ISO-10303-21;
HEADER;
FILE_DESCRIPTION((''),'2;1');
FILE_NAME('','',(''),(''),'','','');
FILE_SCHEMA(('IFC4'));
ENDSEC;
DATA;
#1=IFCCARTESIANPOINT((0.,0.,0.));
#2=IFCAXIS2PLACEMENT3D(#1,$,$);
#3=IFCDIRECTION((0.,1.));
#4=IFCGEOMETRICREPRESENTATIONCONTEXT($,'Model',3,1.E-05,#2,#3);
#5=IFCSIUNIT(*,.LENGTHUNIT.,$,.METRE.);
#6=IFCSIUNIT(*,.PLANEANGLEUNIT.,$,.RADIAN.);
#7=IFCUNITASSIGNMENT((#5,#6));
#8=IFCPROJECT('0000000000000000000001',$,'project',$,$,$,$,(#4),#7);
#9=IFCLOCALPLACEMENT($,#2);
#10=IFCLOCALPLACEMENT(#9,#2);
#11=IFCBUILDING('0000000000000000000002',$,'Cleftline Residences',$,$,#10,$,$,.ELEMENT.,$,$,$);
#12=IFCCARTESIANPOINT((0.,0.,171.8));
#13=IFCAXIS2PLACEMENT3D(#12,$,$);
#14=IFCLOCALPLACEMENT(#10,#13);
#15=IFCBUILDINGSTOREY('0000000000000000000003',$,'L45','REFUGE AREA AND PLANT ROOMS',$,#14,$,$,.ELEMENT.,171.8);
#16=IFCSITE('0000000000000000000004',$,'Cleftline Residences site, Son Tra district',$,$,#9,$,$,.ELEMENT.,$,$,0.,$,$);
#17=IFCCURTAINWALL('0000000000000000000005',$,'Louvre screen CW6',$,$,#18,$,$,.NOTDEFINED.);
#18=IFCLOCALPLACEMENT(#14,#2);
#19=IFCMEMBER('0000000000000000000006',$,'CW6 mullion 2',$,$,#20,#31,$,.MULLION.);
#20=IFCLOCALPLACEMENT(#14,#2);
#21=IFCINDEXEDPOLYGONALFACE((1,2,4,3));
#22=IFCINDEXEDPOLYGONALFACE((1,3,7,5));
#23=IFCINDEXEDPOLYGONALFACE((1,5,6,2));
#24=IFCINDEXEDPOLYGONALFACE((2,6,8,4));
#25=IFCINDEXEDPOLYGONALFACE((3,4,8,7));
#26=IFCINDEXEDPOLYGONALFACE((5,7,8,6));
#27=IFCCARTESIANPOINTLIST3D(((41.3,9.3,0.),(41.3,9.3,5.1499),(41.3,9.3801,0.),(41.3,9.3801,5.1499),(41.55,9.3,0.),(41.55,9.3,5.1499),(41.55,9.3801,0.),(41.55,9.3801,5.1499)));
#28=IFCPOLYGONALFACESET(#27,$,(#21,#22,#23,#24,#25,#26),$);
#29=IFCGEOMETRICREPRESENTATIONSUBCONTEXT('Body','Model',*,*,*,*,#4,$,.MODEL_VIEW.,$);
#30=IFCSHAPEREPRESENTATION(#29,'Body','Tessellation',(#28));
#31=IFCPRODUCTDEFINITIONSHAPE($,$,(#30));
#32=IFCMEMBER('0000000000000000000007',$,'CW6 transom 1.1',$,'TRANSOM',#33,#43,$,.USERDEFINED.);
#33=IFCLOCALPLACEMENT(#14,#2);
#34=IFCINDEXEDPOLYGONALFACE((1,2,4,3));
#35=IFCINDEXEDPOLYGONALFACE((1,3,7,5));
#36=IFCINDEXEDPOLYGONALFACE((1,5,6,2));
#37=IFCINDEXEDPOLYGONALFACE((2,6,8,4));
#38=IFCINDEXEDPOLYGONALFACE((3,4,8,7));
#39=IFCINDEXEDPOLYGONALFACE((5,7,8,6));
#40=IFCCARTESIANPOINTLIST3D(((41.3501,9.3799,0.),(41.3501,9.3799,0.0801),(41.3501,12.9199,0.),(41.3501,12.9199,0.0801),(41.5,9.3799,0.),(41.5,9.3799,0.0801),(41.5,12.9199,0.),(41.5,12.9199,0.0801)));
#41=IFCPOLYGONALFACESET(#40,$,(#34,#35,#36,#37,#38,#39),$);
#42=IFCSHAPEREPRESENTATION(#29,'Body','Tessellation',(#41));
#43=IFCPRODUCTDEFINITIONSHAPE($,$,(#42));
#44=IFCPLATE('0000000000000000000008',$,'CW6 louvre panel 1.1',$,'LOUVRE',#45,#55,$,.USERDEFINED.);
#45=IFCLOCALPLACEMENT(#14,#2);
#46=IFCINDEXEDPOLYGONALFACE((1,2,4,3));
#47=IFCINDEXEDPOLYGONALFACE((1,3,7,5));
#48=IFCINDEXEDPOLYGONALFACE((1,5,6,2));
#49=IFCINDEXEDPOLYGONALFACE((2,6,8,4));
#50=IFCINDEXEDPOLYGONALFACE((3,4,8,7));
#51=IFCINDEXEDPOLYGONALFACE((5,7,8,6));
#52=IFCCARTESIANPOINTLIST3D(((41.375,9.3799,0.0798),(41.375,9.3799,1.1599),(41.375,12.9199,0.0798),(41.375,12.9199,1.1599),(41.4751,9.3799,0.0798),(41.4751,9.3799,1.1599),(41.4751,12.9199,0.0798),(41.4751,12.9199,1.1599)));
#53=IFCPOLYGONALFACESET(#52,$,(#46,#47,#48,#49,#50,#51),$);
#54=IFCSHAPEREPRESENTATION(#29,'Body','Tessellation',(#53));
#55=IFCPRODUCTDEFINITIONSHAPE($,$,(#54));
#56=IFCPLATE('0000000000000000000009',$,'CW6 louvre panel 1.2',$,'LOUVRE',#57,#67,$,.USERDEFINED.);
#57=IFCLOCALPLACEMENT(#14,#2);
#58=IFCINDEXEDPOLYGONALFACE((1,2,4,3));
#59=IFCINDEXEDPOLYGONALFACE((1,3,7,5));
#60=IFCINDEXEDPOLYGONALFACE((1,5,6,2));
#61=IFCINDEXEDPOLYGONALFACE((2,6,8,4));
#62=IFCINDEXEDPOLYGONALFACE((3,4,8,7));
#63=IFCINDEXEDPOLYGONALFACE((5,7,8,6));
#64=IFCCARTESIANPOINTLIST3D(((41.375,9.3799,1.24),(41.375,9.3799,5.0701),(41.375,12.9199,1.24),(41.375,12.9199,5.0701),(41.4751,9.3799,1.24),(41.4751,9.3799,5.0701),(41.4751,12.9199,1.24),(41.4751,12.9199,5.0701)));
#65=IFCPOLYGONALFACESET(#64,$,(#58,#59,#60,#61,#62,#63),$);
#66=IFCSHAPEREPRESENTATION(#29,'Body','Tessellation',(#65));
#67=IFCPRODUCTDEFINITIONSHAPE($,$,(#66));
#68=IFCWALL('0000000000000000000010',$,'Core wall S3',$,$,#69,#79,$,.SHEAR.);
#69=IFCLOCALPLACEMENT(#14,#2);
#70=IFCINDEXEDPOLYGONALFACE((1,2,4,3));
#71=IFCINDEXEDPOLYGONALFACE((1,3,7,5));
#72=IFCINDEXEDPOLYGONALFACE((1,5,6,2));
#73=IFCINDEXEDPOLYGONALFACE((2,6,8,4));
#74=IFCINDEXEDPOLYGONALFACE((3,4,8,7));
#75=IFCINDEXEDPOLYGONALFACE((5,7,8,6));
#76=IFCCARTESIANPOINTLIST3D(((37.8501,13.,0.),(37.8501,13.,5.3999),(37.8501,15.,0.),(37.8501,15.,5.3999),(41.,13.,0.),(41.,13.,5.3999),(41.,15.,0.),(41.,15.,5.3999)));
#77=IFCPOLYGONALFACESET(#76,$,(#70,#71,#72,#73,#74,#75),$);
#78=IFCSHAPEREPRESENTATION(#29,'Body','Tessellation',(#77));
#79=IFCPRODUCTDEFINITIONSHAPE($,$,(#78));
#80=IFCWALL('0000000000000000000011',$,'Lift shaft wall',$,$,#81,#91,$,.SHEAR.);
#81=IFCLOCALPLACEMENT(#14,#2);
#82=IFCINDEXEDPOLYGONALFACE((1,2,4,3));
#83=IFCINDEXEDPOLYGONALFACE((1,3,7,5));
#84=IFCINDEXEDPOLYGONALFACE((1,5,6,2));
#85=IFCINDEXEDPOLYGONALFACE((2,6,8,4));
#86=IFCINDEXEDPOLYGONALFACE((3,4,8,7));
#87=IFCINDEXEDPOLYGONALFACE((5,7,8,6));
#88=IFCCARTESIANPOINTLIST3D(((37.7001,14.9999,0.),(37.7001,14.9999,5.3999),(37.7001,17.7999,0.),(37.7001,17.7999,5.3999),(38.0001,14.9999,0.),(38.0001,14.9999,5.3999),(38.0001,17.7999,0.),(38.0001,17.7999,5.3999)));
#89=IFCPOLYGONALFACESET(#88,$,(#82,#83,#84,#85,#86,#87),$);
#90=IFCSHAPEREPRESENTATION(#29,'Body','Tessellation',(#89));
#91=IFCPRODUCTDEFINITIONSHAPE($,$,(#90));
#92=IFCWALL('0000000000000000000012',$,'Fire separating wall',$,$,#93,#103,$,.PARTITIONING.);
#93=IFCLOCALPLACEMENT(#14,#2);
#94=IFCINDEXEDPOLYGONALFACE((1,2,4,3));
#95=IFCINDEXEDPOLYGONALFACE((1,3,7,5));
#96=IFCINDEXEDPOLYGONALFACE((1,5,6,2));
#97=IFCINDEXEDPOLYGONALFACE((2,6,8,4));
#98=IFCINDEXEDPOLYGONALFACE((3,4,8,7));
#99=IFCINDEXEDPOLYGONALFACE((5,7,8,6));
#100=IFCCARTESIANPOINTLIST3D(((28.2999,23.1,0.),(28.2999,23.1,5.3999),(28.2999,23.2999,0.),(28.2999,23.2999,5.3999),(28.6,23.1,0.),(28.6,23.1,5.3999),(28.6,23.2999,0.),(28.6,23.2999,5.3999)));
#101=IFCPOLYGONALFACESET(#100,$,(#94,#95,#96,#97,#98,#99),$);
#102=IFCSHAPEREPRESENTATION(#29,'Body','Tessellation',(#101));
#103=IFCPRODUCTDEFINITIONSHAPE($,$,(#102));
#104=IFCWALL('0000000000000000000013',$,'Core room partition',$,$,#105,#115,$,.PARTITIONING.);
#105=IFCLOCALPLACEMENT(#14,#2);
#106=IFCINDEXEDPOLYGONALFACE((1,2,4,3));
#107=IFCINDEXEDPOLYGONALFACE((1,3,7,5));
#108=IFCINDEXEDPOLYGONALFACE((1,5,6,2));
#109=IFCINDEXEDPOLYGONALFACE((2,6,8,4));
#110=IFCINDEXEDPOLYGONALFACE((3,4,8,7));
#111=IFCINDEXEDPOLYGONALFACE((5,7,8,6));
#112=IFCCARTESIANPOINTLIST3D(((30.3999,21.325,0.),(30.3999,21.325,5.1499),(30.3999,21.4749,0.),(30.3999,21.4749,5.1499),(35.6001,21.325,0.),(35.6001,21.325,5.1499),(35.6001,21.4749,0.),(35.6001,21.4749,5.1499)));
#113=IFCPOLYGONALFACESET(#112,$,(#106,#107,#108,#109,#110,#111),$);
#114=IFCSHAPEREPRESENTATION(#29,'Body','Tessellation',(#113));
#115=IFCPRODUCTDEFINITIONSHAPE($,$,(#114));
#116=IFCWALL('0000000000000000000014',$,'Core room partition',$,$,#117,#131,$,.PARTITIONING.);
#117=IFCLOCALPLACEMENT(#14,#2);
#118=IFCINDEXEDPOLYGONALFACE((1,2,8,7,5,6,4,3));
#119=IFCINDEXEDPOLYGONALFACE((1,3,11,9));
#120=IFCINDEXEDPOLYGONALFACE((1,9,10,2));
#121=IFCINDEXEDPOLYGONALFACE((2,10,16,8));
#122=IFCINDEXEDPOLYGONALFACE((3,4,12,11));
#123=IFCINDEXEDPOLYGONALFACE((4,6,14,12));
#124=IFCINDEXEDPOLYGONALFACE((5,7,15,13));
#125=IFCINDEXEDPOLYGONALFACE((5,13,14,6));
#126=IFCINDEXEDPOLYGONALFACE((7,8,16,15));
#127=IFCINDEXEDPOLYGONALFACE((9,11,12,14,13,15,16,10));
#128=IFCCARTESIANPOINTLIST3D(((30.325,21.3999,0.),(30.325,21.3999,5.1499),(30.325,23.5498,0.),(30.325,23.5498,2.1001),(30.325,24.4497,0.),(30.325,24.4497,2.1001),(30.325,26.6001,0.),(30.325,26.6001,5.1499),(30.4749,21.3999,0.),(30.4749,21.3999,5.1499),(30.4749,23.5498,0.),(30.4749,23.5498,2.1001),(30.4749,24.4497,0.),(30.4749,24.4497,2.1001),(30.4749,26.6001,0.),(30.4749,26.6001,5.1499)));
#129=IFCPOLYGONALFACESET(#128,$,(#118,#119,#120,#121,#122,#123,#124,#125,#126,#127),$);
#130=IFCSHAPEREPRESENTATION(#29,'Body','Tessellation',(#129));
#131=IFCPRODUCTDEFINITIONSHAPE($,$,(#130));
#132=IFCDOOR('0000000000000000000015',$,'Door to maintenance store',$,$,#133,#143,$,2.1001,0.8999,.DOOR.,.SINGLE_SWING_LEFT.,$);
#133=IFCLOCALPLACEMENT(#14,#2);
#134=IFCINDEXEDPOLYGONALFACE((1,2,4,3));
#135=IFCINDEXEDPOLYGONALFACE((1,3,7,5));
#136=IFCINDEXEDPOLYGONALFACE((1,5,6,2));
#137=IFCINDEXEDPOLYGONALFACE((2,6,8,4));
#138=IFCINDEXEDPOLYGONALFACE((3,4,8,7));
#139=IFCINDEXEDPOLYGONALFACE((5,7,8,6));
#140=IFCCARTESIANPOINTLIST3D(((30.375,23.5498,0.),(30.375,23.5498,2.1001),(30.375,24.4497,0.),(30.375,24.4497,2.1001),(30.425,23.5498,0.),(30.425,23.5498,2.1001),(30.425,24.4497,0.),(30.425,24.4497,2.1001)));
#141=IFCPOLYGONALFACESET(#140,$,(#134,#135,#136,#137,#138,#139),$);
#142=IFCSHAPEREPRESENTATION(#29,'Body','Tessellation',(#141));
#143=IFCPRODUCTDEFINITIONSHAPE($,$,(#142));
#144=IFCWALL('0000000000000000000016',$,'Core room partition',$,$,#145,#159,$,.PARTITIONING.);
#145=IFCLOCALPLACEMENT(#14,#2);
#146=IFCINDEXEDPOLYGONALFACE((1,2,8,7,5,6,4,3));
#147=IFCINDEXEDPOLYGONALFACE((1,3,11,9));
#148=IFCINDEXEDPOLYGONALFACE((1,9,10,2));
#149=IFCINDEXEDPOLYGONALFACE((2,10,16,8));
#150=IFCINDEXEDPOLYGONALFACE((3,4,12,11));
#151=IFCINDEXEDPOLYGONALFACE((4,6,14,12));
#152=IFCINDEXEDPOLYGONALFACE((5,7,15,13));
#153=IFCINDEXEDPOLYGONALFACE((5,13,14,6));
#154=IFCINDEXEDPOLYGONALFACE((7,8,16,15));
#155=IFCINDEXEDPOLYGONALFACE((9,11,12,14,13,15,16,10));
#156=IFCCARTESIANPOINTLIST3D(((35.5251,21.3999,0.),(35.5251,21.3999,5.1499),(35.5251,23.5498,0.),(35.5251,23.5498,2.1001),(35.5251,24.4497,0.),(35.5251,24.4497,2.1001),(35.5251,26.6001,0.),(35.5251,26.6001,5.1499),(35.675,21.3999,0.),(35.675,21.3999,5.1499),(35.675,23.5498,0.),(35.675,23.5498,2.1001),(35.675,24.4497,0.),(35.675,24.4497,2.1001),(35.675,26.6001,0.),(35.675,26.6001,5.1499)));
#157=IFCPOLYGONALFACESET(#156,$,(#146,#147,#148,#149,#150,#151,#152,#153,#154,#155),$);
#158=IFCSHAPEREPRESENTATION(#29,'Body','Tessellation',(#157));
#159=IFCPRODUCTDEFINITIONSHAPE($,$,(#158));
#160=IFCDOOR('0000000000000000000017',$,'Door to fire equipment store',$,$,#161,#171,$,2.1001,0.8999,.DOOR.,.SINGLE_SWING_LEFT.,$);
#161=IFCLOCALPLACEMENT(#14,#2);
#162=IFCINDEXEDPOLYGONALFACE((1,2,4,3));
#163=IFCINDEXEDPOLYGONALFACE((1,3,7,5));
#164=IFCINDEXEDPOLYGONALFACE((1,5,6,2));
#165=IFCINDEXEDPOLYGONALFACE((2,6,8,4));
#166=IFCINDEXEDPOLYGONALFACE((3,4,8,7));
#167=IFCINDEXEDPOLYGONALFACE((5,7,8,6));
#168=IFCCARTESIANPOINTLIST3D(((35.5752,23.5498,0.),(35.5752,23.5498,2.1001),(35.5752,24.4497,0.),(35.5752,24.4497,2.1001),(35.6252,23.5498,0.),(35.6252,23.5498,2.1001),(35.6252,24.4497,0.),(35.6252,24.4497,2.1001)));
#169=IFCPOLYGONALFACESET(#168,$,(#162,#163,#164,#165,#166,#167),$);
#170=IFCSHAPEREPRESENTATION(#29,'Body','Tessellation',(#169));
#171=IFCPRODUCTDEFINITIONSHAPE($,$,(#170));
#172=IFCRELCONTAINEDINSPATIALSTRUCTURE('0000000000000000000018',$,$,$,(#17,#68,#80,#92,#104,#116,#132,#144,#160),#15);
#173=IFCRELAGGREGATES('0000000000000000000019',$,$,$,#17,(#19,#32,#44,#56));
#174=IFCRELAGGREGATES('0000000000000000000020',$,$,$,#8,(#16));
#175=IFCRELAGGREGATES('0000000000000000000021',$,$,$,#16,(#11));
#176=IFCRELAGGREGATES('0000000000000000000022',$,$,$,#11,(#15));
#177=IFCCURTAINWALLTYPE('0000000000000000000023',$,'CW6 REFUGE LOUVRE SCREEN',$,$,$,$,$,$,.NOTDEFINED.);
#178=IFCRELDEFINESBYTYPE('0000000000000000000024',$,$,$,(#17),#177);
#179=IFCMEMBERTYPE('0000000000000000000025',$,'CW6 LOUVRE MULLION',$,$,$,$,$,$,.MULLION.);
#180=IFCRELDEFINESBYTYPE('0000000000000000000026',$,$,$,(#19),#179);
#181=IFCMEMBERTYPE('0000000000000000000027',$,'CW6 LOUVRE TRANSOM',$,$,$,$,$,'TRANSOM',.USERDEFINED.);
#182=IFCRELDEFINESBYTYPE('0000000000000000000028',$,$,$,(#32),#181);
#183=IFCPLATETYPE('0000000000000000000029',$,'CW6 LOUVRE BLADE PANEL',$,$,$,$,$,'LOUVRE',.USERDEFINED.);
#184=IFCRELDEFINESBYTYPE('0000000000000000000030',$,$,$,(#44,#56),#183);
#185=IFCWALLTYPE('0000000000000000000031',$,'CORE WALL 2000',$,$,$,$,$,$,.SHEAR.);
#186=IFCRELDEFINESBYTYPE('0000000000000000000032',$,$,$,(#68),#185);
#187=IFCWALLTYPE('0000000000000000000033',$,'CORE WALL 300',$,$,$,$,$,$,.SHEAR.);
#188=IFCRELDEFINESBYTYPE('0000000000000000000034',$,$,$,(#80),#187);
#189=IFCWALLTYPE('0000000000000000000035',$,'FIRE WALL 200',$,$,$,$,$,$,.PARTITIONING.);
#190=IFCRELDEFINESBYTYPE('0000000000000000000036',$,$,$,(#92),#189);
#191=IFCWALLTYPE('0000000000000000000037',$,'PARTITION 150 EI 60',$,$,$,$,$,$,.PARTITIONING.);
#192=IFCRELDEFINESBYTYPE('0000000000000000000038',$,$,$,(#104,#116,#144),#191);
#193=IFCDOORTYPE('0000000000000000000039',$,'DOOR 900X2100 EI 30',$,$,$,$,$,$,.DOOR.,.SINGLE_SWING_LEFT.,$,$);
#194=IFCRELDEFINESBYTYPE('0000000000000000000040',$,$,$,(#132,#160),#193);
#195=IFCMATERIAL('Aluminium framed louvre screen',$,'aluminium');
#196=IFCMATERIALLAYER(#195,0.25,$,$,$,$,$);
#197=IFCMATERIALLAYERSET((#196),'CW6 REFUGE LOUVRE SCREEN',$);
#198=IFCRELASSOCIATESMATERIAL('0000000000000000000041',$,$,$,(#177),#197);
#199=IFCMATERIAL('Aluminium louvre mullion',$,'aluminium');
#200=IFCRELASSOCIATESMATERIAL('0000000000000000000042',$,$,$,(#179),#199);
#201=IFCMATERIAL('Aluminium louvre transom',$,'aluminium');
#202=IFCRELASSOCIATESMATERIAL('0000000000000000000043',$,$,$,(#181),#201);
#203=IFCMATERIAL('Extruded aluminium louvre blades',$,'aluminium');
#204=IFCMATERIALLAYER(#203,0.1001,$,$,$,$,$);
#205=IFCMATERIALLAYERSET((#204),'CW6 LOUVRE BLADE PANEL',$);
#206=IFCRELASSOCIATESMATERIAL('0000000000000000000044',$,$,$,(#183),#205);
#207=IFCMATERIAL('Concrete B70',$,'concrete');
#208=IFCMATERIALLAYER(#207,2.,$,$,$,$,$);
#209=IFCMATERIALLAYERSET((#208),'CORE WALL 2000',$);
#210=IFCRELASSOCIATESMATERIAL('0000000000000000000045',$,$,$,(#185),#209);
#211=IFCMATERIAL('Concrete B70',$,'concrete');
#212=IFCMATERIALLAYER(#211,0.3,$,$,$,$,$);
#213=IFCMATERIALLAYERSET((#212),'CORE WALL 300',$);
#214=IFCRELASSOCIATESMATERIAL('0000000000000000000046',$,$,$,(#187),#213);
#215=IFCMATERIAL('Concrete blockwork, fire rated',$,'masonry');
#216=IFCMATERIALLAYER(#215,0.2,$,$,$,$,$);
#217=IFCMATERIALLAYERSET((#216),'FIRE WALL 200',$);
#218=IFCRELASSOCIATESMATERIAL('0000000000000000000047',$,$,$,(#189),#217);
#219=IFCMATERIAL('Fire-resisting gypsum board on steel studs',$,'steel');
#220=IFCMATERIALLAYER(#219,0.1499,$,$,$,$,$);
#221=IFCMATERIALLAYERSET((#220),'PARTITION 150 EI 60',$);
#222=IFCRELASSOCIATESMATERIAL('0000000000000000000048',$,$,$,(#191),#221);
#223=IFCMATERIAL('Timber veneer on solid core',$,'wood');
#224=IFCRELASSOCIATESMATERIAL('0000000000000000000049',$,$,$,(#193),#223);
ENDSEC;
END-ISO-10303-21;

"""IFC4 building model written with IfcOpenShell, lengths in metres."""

from ifc_helpers import new_model, si_unit, direction, frame, frame_2d, origin, origin_2d, place, context, subcontext, project, spatial, rectangle, extrude, material, layer, layer_set, material_profile, profile_set, type_object, element, fill, aggregate, save


model = new_model("IFC4")

# Units and contexts
model_context = context("Model", 3, precision=1e-05, world=origin(), true_north=direction((0.0, 1.0)))
body_context = subcontext(model_context, "Body", "Model", "MODEL_VIEW")
ifc_project = project(units=[si_unit("LENGTHUNIT", "METRE"), si_unit("PLANEANGLEUNIT", "RADIAN")], contexts=[model_context])

# Site, building, storey
site_placement = place(None, origin())
site = spatial("IfcSite", under=ifc_project, at=site_placement, Name="Cleftline Residences site, Son Tra district", CompositionType="ELEMENT", RefElevation=0.0)
building_placement = place(site_placement, origin())
building = spatial("IfcBuilding", under=site, at=building_placement, Name="Cleftline Residences", CompositionType="ELEMENT")
storey_placement = place(building_placement, frame((0.0, 0.0, 171.8)))
storey = spatial("IfcBuildingStorey", under=building, at=storey_placement, Name="L45", Description="REFUGE AREA AND PLANT ROOMS", CompositionType="ELEMENT", Elevation=171.8)

# Curtain wall, members, plates
ifc_material_1 = material(Name="Aluminium framed louvre screen", Category="aluminium")
ifc_layer_1 = layer(ifc_material_1, 0.25)
ifc_layer_set_1 = layer_set([ifc_layer_1], Name="CW6 REFUGE LOUVRE SCREEN")
curtain_wall_type = type_object("IfcCurtainWallType", Name="CW6 REFUGE LOUVRE SCREEN", PredefinedType="NOTDEFINED", material=ifc_layer_set_1)
curtain_wall_placement = place(storey_placement, origin())
curtain_wall = element("IfcCurtainWall", 1, at=curtain_wall_placement, inside=storey, type_object=curtain_wall_type, Name="Louvre screen CW6", PredefinedType="NOTDEFINED")
ifc_material_2 = material(Name="Aluminium louvre mullion", Category="aluminium")
ifc_material_profile_1 = material_profile(ifc_material_2, rectangle(XDim=0.25, YDim=0.0801, at=origin_2d()))
ifc_profile_set_1 = profile_set([ifc_material_profile_1], Name="Aluminium louvre mullion")
member_type_1 = type_object("IfcMemberType", Name="CW6 LOUVRE MULLION", PredefinedType="MULLION", material=ifc_profile_set_1)
member_1_placement = place(storey_placement, frame((41.425, 9.3401, 0.0), z_axis=(0.0, 0.0, 1.0), x_axis=(1.0, 0.0, 0.0)))
member_1 = element("IfcMember", 2, at=member_1_placement, type_object=member_type_1, Name="CW6 mullion 2", PredefinedType="MULLION", context=body_context, shape_type="SweptSolid", body=[
    extrude(rectangle(XDim=0.25, YDim=0.0801, at=origin_2d()), origin(), (0.0, 0.0, 1.0), 5.1499),
])
ifc_material_3 = material(Name="Aluminium louvre transom", Category="aluminium")
ifc_material_profile_2 = material_profile(ifc_material_3, rectangle(XDim=0.1499, YDim=0.0801, at=origin_2d()))
ifc_profile_set_2 = profile_set([ifc_material_profile_2], Name="Aluminium louvre transom")
member_type_2 = type_object("IfcMemberType", Name="CW6 LOUVRE TRANSOM", ElementType="TRANSOM", PredefinedType="USERDEFINED", material=ifc_profile_set_2)
member_2_placement = place(storey_placement, frame((41.425, 12.9199, 0.04), z_axis=(0.0, -1.0, 0.0), x_axis=(1.0, 0.0, 0.0)))
member_2 = element("IfcMember", 3, at=member_2_placement, type_object=member_type_2, Name="CW6 transom 1.1", ObjectType="TRANSOM", PredefinedType="USERDEFINED", context=body_context, shape_type="SweptSolid", body=[
    extrude(rectangle(XDim=0.1499, YDim=0.0801, at=origin_2d()), origin(), (0.0, 0.0, 1.0), 3.54),
])
ifc_material_4 = material(Name="Extruded aluminium louvre blades", Category="aluminium")
ifc_layer_2 = layer(ifc_material_4, 0.1001)
ifc_layer_set_2 = layer_set([ifc_layer_2], Name="CW6 LOUVRE BLADE PANEL")
plate_type = type_object("IfcPlateType", Name="CW6 LOUVRE BLADE PANEL", ElementType="LOUVRE", PredefinedType="USERDEFINED", material=ifc_layer_set_2)
plate_1_placement = place(storey_placement, frame((41.425, 11.1499, 0.0798), z_axis=(0.0, 0.0, 1.0), x_axis=(0.0, -1.0, 0.0)))
plate_1 = element("IfcPlate", 4, at=plate_1_placement, type_object=plate_type, Name="CW6 louvre panel 1.1", ObjectType="LOUVRE", PredefinedType="USERDEFINED", context=body_context, shape_type="SweptSolid", body=[
    extrude(rectangle(XDim=3.54, YDim=0.1001, at=origin_2d()), origin(), (0.0, 0.0, 1.0), 1.0801),
])
plate_2_placement = place(storey_placement, frame((41.425, 11.1499, 1.24), z_axis=(0.0, 0.0, 1.0), x_axis=(0.0, -1.0, 0.0)))
plate_2 = element("IfcPlate", 5, at=plate_2_placement, type_object=plate_type, Name="CW6 louvre panel 1.2", ObjectType="LOUVRE", PredefinedType="USERDEFINED", context=body_context, shape_type="SweptSolid", body=[
    extrude(rectangle(XDim=3.54, YDim=0.1001, at=origin_2d()), origin(), (0.0, 0.0, 1.0), 3.8301),
])
aggregate(curtain_wall, [member_1, member_2, plate_1, plate_2])

# Walls
ifc_material_5 = material(Name="Concrete B70", Category="concrete")
ifc_layer_3 = layer(ifc_material_5, 2.0)
ifc_layer_set_3 = layer_set([ifc_layer_3], Name="CORE WALL 2000")
wall_type_1 = type_object("IfcWallType", Name="CORE WALL 2000", PredefinedType="SHEAR", material=ifc_layer_set_3)
wall_1_placement = place(storey_placement, frame((37.8501, 14.0, 0.0), z_axis=(0.0, 0.0, 1.0), x_axis=(1.0, 0.0, 0.0)))
element("IfcWall", 6, at=wall_1_placement, inside=storey, type_object=wall_type_1, Name="Core wall S3", PredefinedType="SHEAR", context=body_context, shape_type="SweptSolid", body=[
    extrude(rectangle(XDim=3.1499, YDim=2.0, at=frame_2d((1.575, 0.0))), origin(), (0.0, 0.0, 1.0), 5.3999),
])
ifc_material_6 = material(Name="Concrete B70", Category="concrete")
ifc_layer_4 = layer(ifc_material_6, 0.3)
ifc_layer_set_4 = layer_set([ifc_layer_4], Name="CORE WALL 300")
wall_type_2 = type_object("IfcWallType", Name="CORE WALL 300", PredefinedType="SHEAR", material=ifc_layer_set_4)
wall_2_placement = place(storey_placement, frame((37.8501, 15.0, 0.0), z_axis=(0.0, 0.0, 1.0), x_axis=(0.0, 1.0, 0.0)))
element("IfcWall", 7, at=wall_2_placement, inside=storey, type_object=wall_type_2, Name="Lift shaft wall", PredefinedType="SHEAR", context=body_context, shape_type="SweptSolid", body=[
    extrude(rectangle(XDim=2.8, YDim=0.3, at=frame_2d((1.3999, 0.0))), origin(), (0.0, 0.0, 1.0), 5.3999),
])
ifc_material_7 = material(Name="Concrete blockwork, fire rated", Category="masonry")
ifc_layer_5 = layer(ifc_material_7, 0.2)
ifc_layer_set_5 = layer_set([ifc_layer_5], Name="FIRE WALL 200")
wall_type_3 = type_object("IfcWallType", Name="FIRE WALL 200", PredefinedType="PARTITIONING", material=ifc_layer_set_5)
wall_3_placement = place(storey_placement, frame((28.3, 23.2, 0.0), z_axis=(0.0, 0.0, 1.0), x_axis=(1.0, 0.0, 0.0)))
element("IfcWall", 8, at=wall_3_placement, inside=storey, type_object=wall_type_3, Name="Fire separating wall", PredefinedType="PARTITIONING", context=body_context, shape_type="SweptSolid", body=[
    extrude(rectangle(XDim=0.3, YDim=0.2, at=frame_2d((0.1499, 0.0))), origin(), (0.0, 0.0, 1.0), 5.3999),
])
ifc_material_8 = material(Name="Fire-resisting gypsum board on steel studs", Category="steel")
ifc_layer_6 = layer(ifc_material_8, 0.1499)
ifc_layer_set_6 = layer_set([ifc_layer_6], Name="PARTITION 150 EI 60")
wall_type_4 = type_object("IfcWallType", Name="PARTITION 150 EI 60", PredefinedType="PARTITIONING", material=ifc_layer_set_6)
wall_4_placement = place(storey_placement, frame((30.3999, 21.3999, 0.0), z_axis=(0.0, 0.0, 1.0), x_axis=(1.0, 0.0, 0.0)))
element("IfcWall", 9, at=wall_4_placement, inside=storey, type_object=wall_type_4, Name="Core room partition", PredefinedType="PARTITIONING", context=body_context, shape_type="SweptSolid", body=[
    extrude(rectangle(XDim=5.2002, YDim=0.1499, at=frame_2d((2.6001, 0.0))), origin(), (0.0, 0.0, 1.0), 5.1499),
])

# Walls, openings, doors
wall_5_placement = place(storey_placement, frame((30.3999, 21.3999, 0.0), z_axis=(0.0, 0.0, 1.0), x_axis=(0.0, 1.0, 0.0)))
wall_5 = element("IfcWall", 10, at=wall_5_placement, inside=storey, type_object=wall_type_4, Name="Core room partition", PredefinedType="PARTITIONING", context=body_context, shape_type="SweptSolid", body=[
    extrude(rectangle(XDim=5.2002, YDim=0.1499, at=frame_2d((2.6001, 0.0))), origin(), (0.0, 0.0, 1.0), 5.1499),
])
opening_1_placement = place(wall_5_placement, frame((2.1499, 0.0, 0.0)))
opening_1 = element("IfcOpeningElement", 11, at=opening_1_placement, cuts=wall_5, PredefinedType="OPENING", context=body_context, shape_type="SweptSolid", body=[
    extrude(rectangle(XDim=0.8999, YDim=2.1001, at=frame_2d((0.45, 1.05))), frame((0.0, 0.085, 0.0), z_axis=(0.0, -1.0, 0.0), x_axis=(1.0, 0.0, 0.0)), (0.0, 0.0, 1.0), 0.1699),
])
ifc_material_9 = material(Name="Timber veneer on solid core", Category="wood")
door_type_1 = type_object("IfcDoorType", Name="DOOR 900X2100 EI 30", OperationType="SINGLE_SWING_LEFT", PredefinedType="DOOR", material=ifc_material_9)
door_1_placement = place(opening_1_placement, origin())
door_1 = element("IfcDoor", 12, at=door_1_placement, inside=storey, type_object=door_type_1, Name="Door to maintenance store", OperationType="SINGLE_SWING_LEFT", OverallHeight=2.1001, OverallWidth=0.8999, PredefinedType="DOOR", context=body_context, shape_type="SweptSolid", body=[
    extrude(rectangle(XDim=0.8999, YDim=2.1001, at=frame_2d((0.45, 1.05))), frame((0.0, 0.0249, 0.0), z_axis=(0.0, -1.0, 0.0), x_axis=(1.0, 0.0, 0.0)), (0.0, 0.0, 1.0), 0.05),
])
fill(opening_1, door_1)
wall_6_placement = place(storey_placement, frame((35.6001, 21.3999, 0.0), z_axis=(0.0, 0.0, 1.0), x_axis=(0.0, 1.0, 0.0)))
wall_6 = element("IfcWall", 13, at=wall_6_placement, inside=storey, type_object=wall_type_4, Name="Core room partition", PredefinedType="PARTITIONING", context=body_context, shape_type="SweptSolid", body=[
    extrude(rectangle(XDim=5.2002, YDim=0.1499, at=frame_2d((2.6001, 0.0))), origin(), (0.0, 0.0, 1.0), 5.1499),
])
opening_2_placement = place(wall_6_placement, frame((2.1499, 0.0, 0.0)))
opening_2 = element("IfcOpeningElement", 14, at=opening_2_placement, cuts=wall_6, PredefinedType="OPENING", context=body_context, shape_type="SweptSolid", body=[
    extrude(rectangle(XDim=0.8999, YDim=2.1001, at=frame_2d((0.45, 1.05))), frame((0.0, 0.085, 0.0), z_axis=(0.0, -1.0, 0.0), x_axis=(1.0, 0.0, 0.0)), (0.0, 0.0, 1.0), 0.1699),
])
door_2_placement = place(opening_2_placement, origin())
door_2 = element("IfcDoor", 15, at=door_2_placement, inside=storey, type_object=door_type_1, Name="Door to fire equipment store", OperationType="SINGLE_SWING_LEFT", OverallHeight=2.1001, OverallWidth=0.8999, PredefinedType="DOOR", context=body_context, shape_type="SweptSolid", body=[
    extrude(rectangle(XDim=0.8999, YDim=2.1001, at=frame_2d((0.45, 1.05))), frame((0.0, 0.0249, 0.0), z_axis=(0.0, -1.0, 0.0), x_axis=(1.0, 0.0, 0.0)), (0.0, 0.0, 1.0), 0.05),
])
fill(opening_2, door_2)

save(model, "model.ifc")
